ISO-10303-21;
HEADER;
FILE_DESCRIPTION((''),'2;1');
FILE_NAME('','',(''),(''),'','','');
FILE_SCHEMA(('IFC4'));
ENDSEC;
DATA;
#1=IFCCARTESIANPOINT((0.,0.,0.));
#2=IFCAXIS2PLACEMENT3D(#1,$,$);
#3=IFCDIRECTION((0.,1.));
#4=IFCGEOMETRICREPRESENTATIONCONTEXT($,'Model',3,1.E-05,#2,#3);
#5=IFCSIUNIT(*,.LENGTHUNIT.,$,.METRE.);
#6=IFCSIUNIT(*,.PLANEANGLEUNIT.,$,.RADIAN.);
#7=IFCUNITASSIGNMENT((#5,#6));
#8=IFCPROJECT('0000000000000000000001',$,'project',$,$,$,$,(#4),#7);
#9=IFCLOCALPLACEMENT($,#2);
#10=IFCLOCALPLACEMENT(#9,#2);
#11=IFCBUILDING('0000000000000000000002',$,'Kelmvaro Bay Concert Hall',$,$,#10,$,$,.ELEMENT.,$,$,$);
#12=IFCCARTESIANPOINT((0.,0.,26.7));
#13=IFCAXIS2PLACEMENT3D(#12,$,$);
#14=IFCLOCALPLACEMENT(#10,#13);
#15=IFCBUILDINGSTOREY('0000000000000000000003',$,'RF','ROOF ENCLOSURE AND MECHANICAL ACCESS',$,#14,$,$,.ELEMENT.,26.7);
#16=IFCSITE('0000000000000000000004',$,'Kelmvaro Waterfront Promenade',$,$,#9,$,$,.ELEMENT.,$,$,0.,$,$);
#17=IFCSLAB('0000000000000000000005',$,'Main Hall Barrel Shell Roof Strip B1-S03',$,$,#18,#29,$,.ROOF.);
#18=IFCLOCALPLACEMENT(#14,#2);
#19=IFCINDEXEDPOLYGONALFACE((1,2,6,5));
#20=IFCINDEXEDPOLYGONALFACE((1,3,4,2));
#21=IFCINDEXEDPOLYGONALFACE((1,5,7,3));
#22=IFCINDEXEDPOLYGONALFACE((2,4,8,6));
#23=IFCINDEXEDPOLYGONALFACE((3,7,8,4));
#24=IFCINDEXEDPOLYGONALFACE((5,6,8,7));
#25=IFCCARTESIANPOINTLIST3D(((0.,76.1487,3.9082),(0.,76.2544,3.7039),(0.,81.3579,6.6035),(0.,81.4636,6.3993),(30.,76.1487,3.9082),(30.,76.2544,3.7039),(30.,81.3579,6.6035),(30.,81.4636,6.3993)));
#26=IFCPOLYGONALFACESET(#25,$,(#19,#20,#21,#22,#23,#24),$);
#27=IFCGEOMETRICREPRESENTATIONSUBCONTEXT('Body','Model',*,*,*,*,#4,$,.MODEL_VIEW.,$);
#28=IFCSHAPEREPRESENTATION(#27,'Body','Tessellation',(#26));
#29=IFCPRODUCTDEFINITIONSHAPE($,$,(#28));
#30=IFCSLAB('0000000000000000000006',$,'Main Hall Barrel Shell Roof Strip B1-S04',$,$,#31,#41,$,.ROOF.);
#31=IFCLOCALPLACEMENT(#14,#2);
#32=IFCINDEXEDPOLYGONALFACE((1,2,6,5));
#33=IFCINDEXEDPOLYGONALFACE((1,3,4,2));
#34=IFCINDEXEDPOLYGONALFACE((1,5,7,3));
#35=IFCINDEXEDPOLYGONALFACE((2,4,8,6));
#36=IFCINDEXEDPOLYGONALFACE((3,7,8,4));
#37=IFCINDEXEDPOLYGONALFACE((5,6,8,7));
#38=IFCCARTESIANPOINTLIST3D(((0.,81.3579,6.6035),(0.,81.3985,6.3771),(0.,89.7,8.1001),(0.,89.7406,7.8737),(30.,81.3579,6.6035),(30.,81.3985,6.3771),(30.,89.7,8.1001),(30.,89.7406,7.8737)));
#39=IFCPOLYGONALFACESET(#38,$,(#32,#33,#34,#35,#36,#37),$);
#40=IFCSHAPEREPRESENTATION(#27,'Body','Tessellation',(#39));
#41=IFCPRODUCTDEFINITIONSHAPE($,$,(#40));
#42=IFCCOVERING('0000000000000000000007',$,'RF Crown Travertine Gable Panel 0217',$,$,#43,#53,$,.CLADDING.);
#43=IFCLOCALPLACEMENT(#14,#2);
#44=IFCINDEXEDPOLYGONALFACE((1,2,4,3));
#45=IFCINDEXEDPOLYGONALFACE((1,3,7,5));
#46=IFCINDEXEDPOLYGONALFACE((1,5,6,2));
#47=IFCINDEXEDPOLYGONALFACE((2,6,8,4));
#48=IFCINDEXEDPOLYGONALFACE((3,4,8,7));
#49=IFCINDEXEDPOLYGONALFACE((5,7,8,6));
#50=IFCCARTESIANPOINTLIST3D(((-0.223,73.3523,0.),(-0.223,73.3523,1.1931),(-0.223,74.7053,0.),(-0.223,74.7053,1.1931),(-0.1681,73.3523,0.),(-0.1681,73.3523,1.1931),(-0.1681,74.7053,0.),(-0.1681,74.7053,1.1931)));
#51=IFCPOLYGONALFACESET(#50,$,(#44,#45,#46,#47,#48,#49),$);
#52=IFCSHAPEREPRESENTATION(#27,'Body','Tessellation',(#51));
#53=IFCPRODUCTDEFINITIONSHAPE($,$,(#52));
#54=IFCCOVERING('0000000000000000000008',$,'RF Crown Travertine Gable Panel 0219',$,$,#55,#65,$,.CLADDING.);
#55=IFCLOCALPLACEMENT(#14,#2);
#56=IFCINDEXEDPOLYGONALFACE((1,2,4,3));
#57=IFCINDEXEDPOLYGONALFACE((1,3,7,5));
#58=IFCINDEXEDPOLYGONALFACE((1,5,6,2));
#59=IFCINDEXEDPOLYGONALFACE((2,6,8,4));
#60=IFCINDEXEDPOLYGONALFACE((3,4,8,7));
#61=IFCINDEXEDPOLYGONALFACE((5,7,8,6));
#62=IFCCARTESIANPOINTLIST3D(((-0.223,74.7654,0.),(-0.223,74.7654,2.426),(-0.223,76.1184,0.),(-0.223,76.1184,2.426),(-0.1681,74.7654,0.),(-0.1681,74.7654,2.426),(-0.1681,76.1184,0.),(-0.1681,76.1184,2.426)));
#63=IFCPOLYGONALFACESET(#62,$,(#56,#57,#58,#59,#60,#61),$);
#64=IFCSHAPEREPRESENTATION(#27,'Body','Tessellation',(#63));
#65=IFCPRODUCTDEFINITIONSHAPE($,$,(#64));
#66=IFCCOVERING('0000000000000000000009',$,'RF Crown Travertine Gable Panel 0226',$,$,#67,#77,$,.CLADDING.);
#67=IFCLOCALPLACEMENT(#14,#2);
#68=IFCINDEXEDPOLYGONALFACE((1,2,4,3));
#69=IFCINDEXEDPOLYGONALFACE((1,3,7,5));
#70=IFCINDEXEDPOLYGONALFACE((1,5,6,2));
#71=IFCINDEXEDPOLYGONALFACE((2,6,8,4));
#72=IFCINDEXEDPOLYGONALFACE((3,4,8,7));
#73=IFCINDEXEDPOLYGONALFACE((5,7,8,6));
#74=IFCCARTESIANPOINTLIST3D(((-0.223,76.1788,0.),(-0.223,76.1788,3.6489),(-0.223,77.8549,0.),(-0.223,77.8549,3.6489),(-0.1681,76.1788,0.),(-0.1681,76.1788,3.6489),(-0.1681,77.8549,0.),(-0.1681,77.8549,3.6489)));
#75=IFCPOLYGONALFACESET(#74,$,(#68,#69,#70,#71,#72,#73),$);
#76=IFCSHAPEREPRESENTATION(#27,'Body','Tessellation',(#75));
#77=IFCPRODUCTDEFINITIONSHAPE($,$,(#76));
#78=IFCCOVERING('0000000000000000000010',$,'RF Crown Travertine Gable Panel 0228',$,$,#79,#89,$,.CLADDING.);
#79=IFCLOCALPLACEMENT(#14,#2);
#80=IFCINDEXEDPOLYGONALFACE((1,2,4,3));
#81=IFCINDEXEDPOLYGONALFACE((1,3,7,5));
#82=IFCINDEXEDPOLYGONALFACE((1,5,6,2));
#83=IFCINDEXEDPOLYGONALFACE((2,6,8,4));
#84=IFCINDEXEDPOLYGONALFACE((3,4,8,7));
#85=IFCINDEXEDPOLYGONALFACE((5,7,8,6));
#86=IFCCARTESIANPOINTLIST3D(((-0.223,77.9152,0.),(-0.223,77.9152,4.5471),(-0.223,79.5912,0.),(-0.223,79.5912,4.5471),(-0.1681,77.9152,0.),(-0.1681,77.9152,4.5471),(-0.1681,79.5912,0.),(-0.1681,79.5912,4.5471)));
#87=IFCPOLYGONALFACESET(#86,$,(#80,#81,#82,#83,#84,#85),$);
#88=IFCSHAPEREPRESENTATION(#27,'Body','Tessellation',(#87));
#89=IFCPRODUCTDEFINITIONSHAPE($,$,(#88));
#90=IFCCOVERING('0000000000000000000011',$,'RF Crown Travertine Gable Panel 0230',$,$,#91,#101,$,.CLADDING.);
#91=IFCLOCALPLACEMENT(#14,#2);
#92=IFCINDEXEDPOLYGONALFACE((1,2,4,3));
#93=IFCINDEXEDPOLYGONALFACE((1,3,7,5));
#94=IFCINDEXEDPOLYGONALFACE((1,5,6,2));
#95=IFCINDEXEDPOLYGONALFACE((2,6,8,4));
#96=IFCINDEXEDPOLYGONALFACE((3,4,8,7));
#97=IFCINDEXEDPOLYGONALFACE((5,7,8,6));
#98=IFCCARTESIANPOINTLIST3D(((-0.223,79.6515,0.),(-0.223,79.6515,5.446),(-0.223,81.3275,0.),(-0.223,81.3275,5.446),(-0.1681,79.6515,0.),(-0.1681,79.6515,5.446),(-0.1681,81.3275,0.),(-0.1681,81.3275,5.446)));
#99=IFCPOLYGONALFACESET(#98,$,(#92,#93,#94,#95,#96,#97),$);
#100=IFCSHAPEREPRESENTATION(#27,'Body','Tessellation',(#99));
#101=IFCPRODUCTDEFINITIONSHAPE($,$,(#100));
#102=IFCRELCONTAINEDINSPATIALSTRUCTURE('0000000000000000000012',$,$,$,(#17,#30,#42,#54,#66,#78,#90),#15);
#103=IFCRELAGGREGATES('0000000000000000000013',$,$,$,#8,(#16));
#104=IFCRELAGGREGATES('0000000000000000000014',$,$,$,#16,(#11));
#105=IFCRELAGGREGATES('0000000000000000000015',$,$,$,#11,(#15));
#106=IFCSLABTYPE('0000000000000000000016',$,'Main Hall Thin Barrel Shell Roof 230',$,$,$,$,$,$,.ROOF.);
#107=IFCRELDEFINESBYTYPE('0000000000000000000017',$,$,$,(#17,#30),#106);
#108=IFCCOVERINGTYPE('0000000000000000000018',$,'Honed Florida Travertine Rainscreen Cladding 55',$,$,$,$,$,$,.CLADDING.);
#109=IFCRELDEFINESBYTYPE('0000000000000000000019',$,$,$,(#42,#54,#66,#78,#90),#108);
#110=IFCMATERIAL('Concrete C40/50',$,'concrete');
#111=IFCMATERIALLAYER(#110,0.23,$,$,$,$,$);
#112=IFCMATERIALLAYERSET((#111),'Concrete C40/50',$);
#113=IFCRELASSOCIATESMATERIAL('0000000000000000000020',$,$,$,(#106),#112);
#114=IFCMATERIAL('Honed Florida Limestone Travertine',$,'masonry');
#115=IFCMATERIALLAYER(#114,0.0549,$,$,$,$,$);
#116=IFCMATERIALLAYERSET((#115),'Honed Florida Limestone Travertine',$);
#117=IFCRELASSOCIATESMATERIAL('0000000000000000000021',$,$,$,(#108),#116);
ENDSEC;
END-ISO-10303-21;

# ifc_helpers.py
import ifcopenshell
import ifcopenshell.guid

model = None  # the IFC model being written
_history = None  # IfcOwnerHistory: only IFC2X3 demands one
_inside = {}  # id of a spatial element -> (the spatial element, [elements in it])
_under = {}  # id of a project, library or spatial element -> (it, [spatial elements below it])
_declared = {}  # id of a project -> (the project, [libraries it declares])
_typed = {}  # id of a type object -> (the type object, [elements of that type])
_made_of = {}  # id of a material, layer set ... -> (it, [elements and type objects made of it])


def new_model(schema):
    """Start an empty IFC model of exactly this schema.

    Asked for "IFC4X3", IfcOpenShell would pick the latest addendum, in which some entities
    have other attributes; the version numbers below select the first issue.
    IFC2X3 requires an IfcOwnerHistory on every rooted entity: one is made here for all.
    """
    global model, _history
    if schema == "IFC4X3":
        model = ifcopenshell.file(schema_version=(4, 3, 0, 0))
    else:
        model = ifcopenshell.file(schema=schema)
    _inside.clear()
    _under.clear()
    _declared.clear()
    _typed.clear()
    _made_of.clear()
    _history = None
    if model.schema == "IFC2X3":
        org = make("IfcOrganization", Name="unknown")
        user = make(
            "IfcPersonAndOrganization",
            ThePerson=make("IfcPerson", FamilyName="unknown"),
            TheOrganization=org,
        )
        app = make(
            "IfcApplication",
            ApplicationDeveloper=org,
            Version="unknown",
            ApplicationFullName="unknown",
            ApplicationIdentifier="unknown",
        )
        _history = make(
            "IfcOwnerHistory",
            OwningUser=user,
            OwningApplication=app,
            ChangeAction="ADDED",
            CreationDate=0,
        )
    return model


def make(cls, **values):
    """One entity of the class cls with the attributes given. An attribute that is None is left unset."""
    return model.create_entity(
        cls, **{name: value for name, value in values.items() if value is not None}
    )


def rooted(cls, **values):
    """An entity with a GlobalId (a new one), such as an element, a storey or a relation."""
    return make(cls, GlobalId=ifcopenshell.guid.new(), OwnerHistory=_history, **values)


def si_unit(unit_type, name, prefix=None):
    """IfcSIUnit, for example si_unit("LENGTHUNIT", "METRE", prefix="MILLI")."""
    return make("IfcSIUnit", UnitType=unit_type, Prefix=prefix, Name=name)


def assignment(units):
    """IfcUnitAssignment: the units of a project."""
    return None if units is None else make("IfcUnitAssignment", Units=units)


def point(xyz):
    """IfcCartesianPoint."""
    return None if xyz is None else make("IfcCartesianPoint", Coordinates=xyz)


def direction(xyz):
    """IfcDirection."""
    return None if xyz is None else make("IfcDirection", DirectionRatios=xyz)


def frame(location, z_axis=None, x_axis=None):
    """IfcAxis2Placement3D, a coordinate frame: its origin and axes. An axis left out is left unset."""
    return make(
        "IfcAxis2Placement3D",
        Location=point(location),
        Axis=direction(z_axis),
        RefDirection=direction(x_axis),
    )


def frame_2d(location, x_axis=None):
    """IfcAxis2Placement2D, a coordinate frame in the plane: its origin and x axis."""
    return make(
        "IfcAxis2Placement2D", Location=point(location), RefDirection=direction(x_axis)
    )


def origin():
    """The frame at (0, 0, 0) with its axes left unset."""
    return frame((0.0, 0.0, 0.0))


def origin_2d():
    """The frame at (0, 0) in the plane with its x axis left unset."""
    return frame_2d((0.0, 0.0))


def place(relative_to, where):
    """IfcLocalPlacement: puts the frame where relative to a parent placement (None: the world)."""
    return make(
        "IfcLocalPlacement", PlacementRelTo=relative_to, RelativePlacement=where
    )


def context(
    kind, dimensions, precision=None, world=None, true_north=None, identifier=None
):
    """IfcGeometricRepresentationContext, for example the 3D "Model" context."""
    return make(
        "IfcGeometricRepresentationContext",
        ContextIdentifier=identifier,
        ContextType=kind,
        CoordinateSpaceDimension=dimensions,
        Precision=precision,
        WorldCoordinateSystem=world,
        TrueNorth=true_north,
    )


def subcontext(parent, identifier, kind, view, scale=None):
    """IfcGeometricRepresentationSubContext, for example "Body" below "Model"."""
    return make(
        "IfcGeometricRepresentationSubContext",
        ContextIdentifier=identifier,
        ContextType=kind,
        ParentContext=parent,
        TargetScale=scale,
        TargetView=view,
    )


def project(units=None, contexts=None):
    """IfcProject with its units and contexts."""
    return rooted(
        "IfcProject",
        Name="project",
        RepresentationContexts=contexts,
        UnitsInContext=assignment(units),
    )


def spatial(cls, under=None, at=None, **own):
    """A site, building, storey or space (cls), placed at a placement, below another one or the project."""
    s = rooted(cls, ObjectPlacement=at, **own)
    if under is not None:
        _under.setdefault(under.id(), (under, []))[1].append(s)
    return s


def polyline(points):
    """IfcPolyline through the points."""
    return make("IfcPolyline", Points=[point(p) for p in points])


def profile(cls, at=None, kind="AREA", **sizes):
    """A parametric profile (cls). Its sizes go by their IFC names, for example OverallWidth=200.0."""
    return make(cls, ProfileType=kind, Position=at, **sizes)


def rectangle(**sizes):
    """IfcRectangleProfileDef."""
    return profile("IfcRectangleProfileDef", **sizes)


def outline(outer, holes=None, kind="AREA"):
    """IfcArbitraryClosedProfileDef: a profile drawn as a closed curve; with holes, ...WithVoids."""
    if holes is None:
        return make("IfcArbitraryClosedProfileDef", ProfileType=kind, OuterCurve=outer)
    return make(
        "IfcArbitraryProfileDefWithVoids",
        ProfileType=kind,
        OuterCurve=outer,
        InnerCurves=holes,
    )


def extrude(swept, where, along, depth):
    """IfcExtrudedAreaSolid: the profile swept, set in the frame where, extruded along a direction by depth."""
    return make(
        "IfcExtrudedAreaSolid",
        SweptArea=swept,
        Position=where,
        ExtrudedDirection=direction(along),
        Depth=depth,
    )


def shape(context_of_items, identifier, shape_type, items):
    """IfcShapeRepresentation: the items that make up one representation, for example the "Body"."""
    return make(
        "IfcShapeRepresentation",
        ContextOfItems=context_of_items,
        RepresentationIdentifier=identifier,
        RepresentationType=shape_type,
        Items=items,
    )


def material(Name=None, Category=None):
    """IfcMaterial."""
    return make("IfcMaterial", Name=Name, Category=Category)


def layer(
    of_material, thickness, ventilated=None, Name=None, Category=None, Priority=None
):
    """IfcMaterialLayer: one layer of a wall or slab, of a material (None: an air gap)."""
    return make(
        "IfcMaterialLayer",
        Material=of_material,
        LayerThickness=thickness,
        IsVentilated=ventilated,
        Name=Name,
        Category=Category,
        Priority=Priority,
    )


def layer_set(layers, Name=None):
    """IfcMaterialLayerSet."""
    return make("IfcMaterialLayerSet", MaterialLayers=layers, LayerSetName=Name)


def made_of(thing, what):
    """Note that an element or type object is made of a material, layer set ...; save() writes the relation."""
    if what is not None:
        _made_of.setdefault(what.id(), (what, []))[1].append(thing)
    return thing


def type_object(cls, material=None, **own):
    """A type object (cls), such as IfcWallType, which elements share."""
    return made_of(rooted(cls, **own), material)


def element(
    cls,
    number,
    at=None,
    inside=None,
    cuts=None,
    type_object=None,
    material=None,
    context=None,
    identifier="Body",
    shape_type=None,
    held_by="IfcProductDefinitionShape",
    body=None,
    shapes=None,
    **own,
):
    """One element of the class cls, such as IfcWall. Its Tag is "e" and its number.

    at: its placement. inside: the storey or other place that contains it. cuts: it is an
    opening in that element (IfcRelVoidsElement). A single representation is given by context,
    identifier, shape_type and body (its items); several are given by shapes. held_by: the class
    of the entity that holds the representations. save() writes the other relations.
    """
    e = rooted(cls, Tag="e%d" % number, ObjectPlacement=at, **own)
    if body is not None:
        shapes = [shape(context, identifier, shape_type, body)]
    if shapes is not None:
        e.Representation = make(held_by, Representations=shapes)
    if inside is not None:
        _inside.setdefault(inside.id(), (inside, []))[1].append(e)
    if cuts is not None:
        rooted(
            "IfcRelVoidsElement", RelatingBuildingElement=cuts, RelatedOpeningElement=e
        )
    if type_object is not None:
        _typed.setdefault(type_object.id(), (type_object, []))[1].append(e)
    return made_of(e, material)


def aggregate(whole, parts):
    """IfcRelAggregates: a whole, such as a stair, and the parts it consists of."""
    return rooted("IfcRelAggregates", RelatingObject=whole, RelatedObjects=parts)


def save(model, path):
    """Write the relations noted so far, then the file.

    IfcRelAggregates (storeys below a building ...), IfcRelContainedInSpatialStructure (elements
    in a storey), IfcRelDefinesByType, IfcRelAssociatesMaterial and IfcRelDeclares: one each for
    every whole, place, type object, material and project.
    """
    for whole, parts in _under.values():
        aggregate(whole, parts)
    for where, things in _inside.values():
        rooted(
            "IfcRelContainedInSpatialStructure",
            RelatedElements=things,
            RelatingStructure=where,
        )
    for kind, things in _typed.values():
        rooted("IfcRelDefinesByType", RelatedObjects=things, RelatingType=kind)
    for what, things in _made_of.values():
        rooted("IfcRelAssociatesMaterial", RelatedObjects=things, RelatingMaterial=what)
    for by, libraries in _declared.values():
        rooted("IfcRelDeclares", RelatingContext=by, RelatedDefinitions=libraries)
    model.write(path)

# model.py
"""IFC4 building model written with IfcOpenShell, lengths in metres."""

from ifc_helpers import new_model, si_unit, direction, frame, origin, origin_2d, place, context, subcontext, project, spatial, polyline, rectangle, outline, extrude, material, layer, layer_set, type_object, element, save


model = new_model("IFC4")

# Units and contexts
model_context = context("Model", 3, precision=1e-05, world=origin(), true_north=direction((0.0, 1.0)))
body_context = subcontext(model_context, "Body", "Model", "MODEL_VIEW")
ifc_project = project(units=[si_unit("LENGTHUNIT", "METRE"), si_unit("PLANEANGLEUNIT", "RADIAN")], contexts=[model_context])

# Site, building, storey
site_placement = place(None, origin())
site = spatial("IfcSite", under=ifc_project, at=site_placement, Name="Kelmvaro Waterfront Promenade", CompositionType="ELEMENT", RefElevation=0.0)
building_placement = place(site_placement, origin())
building = spatial("IfcBuilding", under=site, at=building_placement, Name="Kelmvaro Bay Concert Hall", CompositionType="ELEMENT")
storey_placement = place(building_placement, frame((0.0, 0.0, 26.7)))
storey = spatial("IfcBuildingStorey", under=building, at=storey_placement, Name="RF", Description="ROOF ENCLOSURE AND MECHANICAL ACCESS", CompositionType="ELEMENT", Elevation=26.7)

# Slabs
ifc_material_1 = material(Name="Concrete C40/50", Category="concrete")
ifc_layer_1 = layer(ifc_material_1, 0.23)
ifc_layer_set_1 = layer_set([ifc_layer_1], Name="Concrete C40/50")
slab_type = type_object("IfcSlabType", Name="Main Hall Thin Barrel Shell Roof 230", PredefinedType="ROOF", material=ifc_layer_set_1)
slab_1_placement = place(storey_placement, frame((0.0, 76.1487, 3.9082), z_axis=(0.0, -0.459542, 0.888156), x_axis=(1.0, 0.0, 0.0)))
element("IfcSlab", 1, at=slab_1_placement, inside=storey, type_object=slab_type, Name="Main Hall Barrel Shell Roof Strip B1-S03", PredefinedType="ROOF", context=body_context, shape_type="SweptSolid", body=[
    extrude(outline(polyline([(0.0, 0.0), (30.0, 0.0), (30.0, 5.8652), (0.0, 5.8652), (0.0, 0.0)])), origin(), (0.0, 0.0, -1.0), 0.23),
])
slab_2_placement = place(storey_placement, frame((0.0, 81.3579, 6.6035), z_axis=(0.0, -0.176583, 0.984286), x_axis=(1.0, 0.0, 0.0)))
element("IfcSlab", 2, at=slab_2_placement, inside=storey, type_object=slab_type, Name="Main Hall Barrel Shell Roof Strip B1-S04", PredefinedType="ROOF", context=body_context, shape_type="SweptSolid", body=[
    extrude(outline(polyline([(0.0, 0.0), (30.0, 0.0), (30.0, 8.4752), (0.0, 8.4752), (0.0, 0.0)])), origin(), (0.0, 0.0, -1.0), 0.23),
])

# Coverings
ifc_material_2 = material(Name="Honed Florida Limestone Travertine", Category="masonry")
ifc_layer_2 = layer(ifc_material_2, 0.0549)
ifc_layer_set_2 = layer_set([ifc_layer_2], Name="Honed Florida Limestone Travertine")
covering_type = type_object("IfcCoveringType", Name="Honed Florida Travertine Rainscreen Cladding 55", PredefinedType="CLADDING", material=ifc_layer_set_2)
covering_1_placement = place(storey_placement, frame((-0.1956, 74.0288, 0.0), z_axis=(0.0, 0.0, 1.0), x_axis=(0.0, 1.0, 0.0)))
element("IfcCovering", 3, at=covering_1_placement, inside=storey, type_object=covering_type, Name="RF Crown Travertine Gable Panel 0217", PredefinedType="CLADDING", context=body_context, shape_type="SweptSolid", body=[
    extrude(rectangle(XDim=1.353, YDim=0.0549, at=origin_2d()), origin(), (0.0, 0.0, 1.0), 1.1931),
])
covering_2_placement = place(storey_placement, frame((-0.1956, 75.4419, 0.0), z_axis=(0.0, 0.0, 1.0), x_axis=(0.0, 1.0, 0.0)))
element("IfcCovering", 4, at=covering_2_placement, inside=storey, type_object=covering_type, Name="RF Crown Travertine Gable Panel 0219", PredefinedType="CLADDING", context=body_context, shape_type="SweptSolid", body=[
    extrude(rectangle(XDim=1.353, YDim=0.0549, at=origin_2d()), origin(), (0.0, 0.0, 1.0), 2.426),
])
covering_3_placement = place(storey_placement, frame((-0.1956, 77.0168, 0.0), z_axis=(0.0, 0.0, 1.0), x_axis=(0.0, 1.0, 0.0)))
element("IfcCovering", 5, at=covering_3_placement, inside=storey, type_object=covering_type, Name="RF Crown Travertine Gable Panel 0226", PredefinedType="CLADDING", context=body_context, shape_type="SweptSolid", body=[
    extrude(rectangle(XDim=1.676, YDim=0.0549, at=origin_2d()), origin(), (0.0, 0.0, 1.0), 3.6489),
])
covering_4_placement = place(storey_placement, frame((-0.1956, 78.7532, 0.0), z_axis=(0.0, 0.0, 1.0), x_axis=(0.0, 1.0, 0.0)))
element("IfcCovering", 6, at=covering_4_placement, inside=storey, type_object=covering_type, Name="RF Crown Travertine Gable Panel 0228", PredefinedType="CLADDING", context=body_context, shape_type="SweptSolid", body=[
    extrude(rectangle(XDim=1.676, YDim=0.0549, at=origin_2d()), origin(), (0.0, 0.0, 1.0), 4.5471),
])
covering_5_placement = place(storey_placement, frame((-0.1956, 80.4895, 0.0), z_axis=(0.0, 0.0, 1.0), x_axis=(0.0, 1.0, 0.0)))
element("IfcCovering", 7, at=covering_5_placement, inside=storey, type_object=covering_type, Name="RF Crown Travertine Gable Panel 0230", PredefinedType="CLADDING", context=body_context, shape_type="SweptSolid", body=[
    extrude(rectangle(XDim=1.676, YDim=0.0549, at=origin_2d()), origin(), (0.0, 0.0, 1.0), 5.446),
])

save(model, "model.ifc")
